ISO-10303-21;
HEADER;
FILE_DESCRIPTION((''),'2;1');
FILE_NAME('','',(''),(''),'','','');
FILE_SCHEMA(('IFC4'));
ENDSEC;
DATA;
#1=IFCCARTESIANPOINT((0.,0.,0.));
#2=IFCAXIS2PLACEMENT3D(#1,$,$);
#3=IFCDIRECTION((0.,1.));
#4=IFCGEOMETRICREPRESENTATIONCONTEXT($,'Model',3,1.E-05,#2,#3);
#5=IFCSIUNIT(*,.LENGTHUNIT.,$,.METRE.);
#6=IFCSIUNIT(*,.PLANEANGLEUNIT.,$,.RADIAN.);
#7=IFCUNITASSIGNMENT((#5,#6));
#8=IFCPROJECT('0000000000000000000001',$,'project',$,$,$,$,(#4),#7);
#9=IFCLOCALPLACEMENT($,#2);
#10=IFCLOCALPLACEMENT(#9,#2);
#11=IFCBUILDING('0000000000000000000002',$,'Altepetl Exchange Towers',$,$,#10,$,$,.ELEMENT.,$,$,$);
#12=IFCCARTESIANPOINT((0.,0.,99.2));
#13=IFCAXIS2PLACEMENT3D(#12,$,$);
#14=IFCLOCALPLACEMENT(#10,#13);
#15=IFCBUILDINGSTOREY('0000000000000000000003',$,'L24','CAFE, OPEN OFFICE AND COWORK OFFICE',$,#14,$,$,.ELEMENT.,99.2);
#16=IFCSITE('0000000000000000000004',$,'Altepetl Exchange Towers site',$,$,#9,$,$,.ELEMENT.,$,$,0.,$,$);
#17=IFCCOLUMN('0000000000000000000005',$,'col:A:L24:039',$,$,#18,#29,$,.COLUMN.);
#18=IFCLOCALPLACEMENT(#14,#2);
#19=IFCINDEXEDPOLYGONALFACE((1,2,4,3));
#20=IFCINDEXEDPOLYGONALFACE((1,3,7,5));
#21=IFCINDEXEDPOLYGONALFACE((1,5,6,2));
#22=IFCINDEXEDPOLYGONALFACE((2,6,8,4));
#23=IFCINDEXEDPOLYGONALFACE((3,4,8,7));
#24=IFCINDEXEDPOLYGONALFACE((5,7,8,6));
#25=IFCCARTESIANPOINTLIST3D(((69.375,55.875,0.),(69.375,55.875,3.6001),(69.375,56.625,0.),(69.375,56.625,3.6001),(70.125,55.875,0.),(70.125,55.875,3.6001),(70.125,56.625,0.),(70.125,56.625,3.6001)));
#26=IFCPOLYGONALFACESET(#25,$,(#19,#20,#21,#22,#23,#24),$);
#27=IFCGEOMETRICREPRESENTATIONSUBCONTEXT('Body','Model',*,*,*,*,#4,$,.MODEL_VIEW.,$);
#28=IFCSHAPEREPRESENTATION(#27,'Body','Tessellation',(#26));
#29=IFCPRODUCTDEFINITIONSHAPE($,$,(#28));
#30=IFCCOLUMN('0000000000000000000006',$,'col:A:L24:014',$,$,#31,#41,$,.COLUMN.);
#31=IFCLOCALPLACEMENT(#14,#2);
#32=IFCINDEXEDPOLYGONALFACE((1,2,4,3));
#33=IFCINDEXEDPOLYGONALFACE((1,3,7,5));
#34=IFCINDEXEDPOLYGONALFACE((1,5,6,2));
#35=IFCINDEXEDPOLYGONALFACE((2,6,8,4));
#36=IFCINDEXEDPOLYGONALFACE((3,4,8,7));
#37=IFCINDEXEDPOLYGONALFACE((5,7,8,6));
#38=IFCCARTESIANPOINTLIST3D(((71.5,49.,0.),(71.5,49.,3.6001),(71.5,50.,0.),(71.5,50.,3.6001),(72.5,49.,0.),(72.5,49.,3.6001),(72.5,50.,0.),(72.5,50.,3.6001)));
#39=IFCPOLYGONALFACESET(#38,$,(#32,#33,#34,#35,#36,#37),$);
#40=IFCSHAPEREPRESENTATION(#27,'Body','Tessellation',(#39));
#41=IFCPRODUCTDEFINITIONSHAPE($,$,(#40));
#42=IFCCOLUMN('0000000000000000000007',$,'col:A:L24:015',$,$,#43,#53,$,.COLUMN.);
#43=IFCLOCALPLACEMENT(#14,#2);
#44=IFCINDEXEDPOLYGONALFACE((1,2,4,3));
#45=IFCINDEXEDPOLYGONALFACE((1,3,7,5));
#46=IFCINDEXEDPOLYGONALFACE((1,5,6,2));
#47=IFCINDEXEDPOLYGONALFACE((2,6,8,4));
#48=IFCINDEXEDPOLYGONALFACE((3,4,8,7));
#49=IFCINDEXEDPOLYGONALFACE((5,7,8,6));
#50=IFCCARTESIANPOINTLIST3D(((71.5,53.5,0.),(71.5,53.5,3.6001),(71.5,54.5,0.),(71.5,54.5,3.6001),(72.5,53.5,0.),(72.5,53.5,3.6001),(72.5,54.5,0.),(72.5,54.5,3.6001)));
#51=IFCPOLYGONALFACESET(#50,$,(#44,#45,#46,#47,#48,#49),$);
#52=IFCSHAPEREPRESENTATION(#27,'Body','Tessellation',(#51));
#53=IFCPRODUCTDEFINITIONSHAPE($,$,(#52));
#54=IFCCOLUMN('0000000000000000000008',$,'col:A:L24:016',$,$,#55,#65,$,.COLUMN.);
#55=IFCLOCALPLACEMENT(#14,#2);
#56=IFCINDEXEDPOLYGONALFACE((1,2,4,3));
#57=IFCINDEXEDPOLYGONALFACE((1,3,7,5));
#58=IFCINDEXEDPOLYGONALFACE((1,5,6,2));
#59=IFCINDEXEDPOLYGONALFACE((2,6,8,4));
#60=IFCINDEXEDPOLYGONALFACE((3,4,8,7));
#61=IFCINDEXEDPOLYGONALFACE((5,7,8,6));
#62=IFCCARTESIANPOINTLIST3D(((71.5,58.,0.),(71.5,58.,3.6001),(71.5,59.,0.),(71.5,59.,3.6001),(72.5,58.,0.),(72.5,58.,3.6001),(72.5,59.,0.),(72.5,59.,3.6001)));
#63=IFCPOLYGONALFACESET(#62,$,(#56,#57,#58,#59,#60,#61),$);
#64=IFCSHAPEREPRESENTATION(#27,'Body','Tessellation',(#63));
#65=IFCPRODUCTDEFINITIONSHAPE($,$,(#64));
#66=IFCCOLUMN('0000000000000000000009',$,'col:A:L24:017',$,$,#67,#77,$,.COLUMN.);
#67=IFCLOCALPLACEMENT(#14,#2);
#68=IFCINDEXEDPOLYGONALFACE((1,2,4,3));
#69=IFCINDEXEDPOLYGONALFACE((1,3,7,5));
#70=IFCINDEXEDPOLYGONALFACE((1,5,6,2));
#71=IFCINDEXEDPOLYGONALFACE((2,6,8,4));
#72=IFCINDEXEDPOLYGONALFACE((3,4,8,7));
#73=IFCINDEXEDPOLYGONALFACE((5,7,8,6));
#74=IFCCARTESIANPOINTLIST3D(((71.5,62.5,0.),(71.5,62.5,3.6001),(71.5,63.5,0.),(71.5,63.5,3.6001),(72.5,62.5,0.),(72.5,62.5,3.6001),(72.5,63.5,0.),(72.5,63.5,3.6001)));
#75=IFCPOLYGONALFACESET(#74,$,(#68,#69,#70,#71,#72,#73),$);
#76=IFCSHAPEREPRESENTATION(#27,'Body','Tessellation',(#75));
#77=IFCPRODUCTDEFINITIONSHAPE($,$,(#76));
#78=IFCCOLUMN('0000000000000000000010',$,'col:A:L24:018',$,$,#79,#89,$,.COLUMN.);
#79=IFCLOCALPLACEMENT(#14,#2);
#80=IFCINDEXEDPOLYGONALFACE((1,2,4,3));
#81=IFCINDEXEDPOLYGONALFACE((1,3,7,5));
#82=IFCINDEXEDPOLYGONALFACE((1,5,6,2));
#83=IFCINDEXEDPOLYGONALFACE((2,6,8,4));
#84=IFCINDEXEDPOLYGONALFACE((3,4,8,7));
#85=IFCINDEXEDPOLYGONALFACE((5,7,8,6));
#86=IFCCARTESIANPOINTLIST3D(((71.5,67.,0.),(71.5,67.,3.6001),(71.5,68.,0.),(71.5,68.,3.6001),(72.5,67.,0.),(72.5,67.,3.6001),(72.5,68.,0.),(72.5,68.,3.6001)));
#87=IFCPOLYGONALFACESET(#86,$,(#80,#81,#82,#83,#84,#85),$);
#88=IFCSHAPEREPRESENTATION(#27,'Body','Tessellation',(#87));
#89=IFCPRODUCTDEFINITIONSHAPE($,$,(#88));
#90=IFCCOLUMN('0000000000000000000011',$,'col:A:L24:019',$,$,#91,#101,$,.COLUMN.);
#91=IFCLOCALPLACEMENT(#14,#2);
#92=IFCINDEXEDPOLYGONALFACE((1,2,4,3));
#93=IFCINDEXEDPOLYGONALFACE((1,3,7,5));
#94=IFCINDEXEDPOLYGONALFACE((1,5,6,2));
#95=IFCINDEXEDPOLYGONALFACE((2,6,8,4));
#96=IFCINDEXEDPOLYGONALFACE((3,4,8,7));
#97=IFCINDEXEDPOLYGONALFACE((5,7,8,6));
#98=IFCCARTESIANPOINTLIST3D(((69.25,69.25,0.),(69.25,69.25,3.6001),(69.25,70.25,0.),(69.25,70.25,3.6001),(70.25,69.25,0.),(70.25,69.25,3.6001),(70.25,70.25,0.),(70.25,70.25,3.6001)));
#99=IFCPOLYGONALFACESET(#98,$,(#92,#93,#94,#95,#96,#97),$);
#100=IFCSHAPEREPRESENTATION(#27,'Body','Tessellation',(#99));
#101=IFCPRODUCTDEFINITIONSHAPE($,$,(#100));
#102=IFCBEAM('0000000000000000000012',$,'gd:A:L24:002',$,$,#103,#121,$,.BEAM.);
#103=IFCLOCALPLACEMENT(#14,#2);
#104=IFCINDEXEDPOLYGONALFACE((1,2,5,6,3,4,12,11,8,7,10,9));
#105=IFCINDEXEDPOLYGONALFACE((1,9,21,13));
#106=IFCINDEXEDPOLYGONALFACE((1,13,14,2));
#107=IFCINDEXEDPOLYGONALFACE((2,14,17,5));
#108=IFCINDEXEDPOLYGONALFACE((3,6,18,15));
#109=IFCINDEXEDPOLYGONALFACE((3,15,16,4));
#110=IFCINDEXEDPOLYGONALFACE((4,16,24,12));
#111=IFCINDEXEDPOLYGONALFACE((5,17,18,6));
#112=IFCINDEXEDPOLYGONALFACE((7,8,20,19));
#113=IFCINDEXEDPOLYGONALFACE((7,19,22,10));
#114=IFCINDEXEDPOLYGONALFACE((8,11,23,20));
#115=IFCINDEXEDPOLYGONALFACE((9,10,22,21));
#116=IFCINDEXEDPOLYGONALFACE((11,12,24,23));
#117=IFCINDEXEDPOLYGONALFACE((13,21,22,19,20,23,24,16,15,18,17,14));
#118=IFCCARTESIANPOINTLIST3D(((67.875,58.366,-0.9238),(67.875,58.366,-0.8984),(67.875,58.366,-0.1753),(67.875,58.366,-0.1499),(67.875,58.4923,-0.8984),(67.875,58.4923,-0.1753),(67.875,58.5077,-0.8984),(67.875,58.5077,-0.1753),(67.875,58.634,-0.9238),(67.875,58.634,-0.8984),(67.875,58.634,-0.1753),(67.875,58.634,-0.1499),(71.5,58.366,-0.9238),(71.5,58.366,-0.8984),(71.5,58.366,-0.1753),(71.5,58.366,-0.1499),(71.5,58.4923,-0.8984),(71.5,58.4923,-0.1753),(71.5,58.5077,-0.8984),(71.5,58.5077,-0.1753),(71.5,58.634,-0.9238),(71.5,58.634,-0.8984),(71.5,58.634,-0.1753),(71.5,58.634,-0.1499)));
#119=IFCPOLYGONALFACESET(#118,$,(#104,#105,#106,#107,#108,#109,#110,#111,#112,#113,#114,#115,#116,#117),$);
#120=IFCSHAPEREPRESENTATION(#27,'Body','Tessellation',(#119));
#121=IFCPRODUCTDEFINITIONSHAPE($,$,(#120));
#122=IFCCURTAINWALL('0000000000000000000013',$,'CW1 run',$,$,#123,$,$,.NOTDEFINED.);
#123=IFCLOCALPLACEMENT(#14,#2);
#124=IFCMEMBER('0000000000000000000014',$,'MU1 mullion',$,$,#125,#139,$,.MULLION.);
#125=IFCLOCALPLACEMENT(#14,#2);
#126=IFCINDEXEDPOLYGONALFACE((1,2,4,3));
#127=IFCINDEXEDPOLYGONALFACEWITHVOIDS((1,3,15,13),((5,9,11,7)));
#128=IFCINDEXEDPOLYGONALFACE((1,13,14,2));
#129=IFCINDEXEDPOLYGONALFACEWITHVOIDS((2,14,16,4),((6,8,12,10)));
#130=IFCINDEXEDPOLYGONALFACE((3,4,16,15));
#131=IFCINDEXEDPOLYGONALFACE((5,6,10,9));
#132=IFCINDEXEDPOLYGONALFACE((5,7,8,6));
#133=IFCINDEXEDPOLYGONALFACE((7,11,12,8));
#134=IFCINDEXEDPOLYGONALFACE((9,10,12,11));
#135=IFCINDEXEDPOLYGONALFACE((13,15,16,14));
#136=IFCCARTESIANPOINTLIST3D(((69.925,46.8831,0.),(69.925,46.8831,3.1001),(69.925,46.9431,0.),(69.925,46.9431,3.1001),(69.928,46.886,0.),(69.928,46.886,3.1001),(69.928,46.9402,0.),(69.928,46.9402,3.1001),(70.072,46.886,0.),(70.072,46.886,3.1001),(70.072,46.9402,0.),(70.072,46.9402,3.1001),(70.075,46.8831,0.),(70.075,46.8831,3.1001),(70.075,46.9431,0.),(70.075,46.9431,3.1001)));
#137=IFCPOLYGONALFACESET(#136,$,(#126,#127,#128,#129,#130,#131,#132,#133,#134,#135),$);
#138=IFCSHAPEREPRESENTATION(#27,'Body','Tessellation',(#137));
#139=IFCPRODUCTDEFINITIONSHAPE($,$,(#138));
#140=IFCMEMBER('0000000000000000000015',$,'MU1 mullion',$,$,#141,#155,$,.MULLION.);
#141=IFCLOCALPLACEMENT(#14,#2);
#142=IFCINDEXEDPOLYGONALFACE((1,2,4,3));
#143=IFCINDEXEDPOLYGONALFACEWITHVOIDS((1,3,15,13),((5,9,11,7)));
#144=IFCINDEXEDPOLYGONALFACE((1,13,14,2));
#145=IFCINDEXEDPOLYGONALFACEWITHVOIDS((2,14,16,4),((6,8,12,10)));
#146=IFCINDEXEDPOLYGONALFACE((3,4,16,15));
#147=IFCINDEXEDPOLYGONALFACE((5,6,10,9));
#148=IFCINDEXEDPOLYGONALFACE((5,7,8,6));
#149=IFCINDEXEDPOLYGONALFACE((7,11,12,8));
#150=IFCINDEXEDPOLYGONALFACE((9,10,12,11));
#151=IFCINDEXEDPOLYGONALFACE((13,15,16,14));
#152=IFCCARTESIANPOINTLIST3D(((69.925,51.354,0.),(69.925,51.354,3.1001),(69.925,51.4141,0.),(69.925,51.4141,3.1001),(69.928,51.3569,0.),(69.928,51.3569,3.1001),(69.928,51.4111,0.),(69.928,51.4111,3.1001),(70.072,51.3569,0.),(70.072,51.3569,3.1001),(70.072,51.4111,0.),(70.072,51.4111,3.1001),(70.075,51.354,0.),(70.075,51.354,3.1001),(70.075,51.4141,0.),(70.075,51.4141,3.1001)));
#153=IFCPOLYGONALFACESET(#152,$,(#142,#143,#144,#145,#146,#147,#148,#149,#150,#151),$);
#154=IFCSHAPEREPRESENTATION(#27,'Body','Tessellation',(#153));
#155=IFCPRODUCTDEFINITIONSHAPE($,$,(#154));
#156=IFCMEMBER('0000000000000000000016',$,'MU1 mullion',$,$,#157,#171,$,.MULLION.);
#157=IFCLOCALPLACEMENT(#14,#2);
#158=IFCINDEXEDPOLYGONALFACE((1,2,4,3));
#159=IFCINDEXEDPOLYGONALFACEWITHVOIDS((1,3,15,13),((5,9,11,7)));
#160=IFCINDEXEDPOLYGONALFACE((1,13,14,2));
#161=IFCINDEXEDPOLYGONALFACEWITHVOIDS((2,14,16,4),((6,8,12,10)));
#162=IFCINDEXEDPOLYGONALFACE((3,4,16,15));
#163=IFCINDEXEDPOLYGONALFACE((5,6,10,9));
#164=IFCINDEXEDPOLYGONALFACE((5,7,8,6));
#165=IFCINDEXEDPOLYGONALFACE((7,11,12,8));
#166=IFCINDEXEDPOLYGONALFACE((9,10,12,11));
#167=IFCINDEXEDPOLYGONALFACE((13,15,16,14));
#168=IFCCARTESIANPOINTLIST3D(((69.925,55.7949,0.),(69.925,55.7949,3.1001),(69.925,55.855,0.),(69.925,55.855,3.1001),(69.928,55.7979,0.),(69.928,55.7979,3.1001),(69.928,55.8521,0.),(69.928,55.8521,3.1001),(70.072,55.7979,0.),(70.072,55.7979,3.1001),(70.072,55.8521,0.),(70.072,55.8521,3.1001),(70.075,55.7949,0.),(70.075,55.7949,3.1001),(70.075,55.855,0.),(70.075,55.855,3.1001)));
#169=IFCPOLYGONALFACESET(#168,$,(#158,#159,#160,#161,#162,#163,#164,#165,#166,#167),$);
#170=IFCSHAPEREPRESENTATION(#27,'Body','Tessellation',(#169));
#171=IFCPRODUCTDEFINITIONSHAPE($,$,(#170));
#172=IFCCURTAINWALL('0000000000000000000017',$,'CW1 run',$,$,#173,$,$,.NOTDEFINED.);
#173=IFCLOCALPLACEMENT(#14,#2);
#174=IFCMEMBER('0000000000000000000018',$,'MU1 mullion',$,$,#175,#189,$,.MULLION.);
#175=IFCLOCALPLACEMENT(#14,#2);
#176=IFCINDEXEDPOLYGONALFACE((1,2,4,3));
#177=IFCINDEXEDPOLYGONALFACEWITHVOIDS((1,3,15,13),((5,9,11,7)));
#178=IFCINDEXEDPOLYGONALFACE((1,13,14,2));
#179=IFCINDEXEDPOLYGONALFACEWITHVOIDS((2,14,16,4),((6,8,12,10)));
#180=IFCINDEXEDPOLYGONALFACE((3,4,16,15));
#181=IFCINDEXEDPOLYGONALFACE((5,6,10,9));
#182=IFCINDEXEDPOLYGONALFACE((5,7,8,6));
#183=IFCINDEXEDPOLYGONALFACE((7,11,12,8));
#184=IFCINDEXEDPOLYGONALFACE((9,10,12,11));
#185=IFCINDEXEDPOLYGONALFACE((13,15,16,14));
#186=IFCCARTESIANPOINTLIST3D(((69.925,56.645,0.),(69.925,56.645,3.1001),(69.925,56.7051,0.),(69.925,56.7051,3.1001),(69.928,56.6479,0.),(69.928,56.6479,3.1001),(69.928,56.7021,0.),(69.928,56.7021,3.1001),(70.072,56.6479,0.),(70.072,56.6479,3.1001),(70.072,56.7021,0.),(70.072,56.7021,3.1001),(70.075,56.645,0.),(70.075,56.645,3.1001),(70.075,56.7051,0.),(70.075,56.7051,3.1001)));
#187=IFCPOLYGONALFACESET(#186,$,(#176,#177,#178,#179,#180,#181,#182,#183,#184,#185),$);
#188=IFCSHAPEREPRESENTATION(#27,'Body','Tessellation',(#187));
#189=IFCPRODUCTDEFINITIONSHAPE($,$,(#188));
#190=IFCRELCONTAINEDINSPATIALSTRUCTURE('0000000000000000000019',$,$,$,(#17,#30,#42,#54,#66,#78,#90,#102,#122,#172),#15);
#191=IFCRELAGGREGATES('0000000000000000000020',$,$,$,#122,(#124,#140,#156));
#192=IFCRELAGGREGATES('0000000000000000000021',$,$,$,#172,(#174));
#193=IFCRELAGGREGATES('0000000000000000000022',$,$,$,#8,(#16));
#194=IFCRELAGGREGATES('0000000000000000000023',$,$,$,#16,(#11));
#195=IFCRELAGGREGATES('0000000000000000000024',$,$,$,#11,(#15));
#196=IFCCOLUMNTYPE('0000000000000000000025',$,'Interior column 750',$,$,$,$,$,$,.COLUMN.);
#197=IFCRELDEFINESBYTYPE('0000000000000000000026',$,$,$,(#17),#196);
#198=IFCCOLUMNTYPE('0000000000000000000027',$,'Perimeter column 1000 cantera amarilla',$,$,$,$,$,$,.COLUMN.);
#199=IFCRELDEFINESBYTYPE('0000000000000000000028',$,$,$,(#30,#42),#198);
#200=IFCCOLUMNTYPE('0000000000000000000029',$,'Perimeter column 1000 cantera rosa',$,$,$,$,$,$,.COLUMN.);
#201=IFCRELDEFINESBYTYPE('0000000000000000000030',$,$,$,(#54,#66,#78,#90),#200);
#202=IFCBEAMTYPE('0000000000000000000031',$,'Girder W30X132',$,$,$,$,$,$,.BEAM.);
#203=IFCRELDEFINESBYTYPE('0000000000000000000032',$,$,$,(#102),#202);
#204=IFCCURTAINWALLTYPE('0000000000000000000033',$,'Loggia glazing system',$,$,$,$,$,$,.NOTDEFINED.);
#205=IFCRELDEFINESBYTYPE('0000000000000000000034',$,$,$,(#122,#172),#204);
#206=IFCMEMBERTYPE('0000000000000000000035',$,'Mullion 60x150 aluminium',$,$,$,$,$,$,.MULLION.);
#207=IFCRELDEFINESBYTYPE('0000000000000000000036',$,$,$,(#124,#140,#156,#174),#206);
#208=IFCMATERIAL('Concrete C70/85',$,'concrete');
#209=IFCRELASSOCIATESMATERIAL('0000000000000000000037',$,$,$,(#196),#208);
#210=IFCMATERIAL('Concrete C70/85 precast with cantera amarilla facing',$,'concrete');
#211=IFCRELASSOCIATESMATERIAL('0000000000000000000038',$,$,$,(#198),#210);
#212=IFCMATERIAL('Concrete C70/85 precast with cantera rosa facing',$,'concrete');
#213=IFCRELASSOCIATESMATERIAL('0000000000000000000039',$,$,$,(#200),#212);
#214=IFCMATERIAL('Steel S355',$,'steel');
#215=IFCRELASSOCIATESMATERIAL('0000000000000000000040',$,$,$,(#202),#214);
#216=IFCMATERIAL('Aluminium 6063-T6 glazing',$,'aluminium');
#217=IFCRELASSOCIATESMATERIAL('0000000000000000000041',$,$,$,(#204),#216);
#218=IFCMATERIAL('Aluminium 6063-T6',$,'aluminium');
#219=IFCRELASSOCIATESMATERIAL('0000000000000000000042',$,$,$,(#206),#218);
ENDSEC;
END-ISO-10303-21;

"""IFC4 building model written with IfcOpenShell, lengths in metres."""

from ifc_helpers import new_model, si_unit, direction, frame, origin, origin_2d, place, context, subcontext, project, spatial, rectangle, hollow_rectangle, i_section, extrude, material, material_profile, profile_set, type_object, element, aggregate, save


model = new_model("IFC4")

# Units and contexts
model_context = context("Model", 3, precision=1e-05, world=origin(), true_north=direction((0.0, 1.0)))
body_context = subcontext(model_context, "Body", "Model", "MODEL_VIEW")
ifc_project = project(units=[si_unit("LENGTHUNIT", "METRE"), si_unit("PLANEANGLEUNIT", "RADIAN")], contexts=[model_context])

# Site, building, storey
site_placement = place(None, origin())
site = spatial("IfcSite", under=ifc_project, at=site_placement, Name="Altepetl Exchange Towers site", CompositionType="ELEMENT", RefElevation=0.0)
building_placement = place(site_placement, origin())
building = spatial("IfcBuilding", under=site, at=building_placement, Name="Altepetl Exchange Towers", CompositionType="ELEMENT")
storey_placement = place(building_placement, frame((0.0, 0.0, 99.2)))
storey = spatial("IfcBuildingStorey", under=building, at=storey_placement, Name="L24", Description="CAFE, OPEN OFFICE AND COWORK OFFICE", CompositionType="ELEMENT", Elevation=99.2)

# Columns
ifc_material_1 = material(Name="Concrete C70/85", Category="concrete")
ifc_material_profile_1 = material_profile(ifc_material_1, rectangle(XDim=0.75, YDim=0.75, at=origin_2d()), Name="750 x 750")
ifc_profile_set_1 = profile_set([ifc_material_profile_1], Name="Concrete C70/85")
column_type_1 = type_object("IfcColumnType", Name="Interior column 750", PredefinedType="COLUMN", material=ifc_profile_set_1)
column_placement = place(storey_placement, frame((69.75, 56.25, 0.0)))
element("IfcColumn", 1, at=column_placement, inside=storey, type_object=column_type_1, Name="col:A:L24:039", PredefinedType="COLUMN", context=body_context, shape_type="SweptSolid", body=[
    extrude(rectangle(XDim=0.75, YDim=0.75, at=origin_2d()), origin(), (0.0, 0.0, 1.0), 3.6001),
])
ifc_material_2 = material(Name="Concrete C70/85 precast with cantera amarilla facing", Category="concrete")
ifc_material_profile_2 = material_profile(ifc_material_2, rectangle(XDim=1.0, YDim=1.0, at=origin_2d()), Name="1000 x 1000")
ifc_profile_set_2 = profile_set([ifc_material_profile_2], Name="Concrete C70/85 precast with cantera amarilla facing")
column_type_2 = type_object("IfcColumnType", Name="Perimeter column 1000 cantera amarilla", PredefinedType="COLUMN", material=ifc_profile_set_2)
for number, where, name in (
    (2, (72.0, 49.5, 0.0), "col:A:L24:014"),
    (3, (72.0, 54.0, 0.0), "col:A:L24:015"),
):
    element("IfcColumn", number, at=place(storey_placement, frame(where)), inside=storey, type_object=column_type_2, Name=name, PredefinedType="COLUMN", context=body_context, shape_type="SweptSolid", body=[
        extrude(rectangle(XDim=1.0, YDim=1.0, at=origin_2d()), origin(), (0.0, 0.0, 1.0), 3.6001),
    ])
ifc_material_3 = material(Name="Concrete C70/85 precast with cantera rosa facing", Category="concrete")
ifc_material_profile_3 = material_profile(ifc_material_3, rectangle(XDim=1.0, YDim=1.0, at=origin_2d()), Name="1000 x 1000")
ifc_profile_set_3 = profile_set([ifc_material_profile_3], Name="Concrete C70/85 precast with cantera rosa facing")
column_type_3 = type_object("IfcColumnType", Name="Perimeter column 1000 cantera rosa", PredefinedType="COLUMN", material=ifc_profile_set_3)
for number, where, name in (
    (4, (72.0, 58.5, 0.0), "col:A:L24:016"),
    (5, (72.0, 63.0, 0.0), "col:A:L24:017"),
    (6, (72.0, 67.5, 0.0), "col:A:L24:018"),
    (7, (69.75, 69.75, 0.0), "col:A:L24:019"),
):
    element("IfcColumn", number, at=place(storey_placement, frame(where)), inside=storey, type_object=column_type_3, Name=name, PredefinedType="COLUMN", context=body_context, shape_type="SweptSolid", body=[
        extrude(rectangle(XDim=1.0, YDim=1.0, at=origin_2d()), origin(), (0.0, 0.0, 1.0), 3.6001),
    ])

# Beam
ifc_material_4 = material(Name="Steel S355", Category="steel")
ifc_material_profile_4 = material_profile(ifc_material_4, i_section(OverallWidth=0.2681, OverallDepth=0.7739, WebThickness=0.0154, FlangeThickness=0.0254, at=origin_2d()), Name="W30X132")
ifc_profile_set_4 = profile_set([ifc_material_profile_4], Name="Steel S355")
beam_type_1 = type_object("IfcBeamType", Name="Girder W30X132", PredefinedType="BEAM", material=ifc_profile_set_4)
beam_1_placement = place(storey_placement, frame((67.875, 58.5, -0.5369), z_axis=(1.0, 0.0, 0.0), x_axis=(0.0, 1.0, 0.0)))
element("IfcBeam", 8, at=beam_1_placement, inside=storey, type_object=beam_type_1, Name="gd:A:L24:002", PredefinedType="BEAM", context=body_context, shape_type="SweptSolid", body=[
    extrude(i_section(OverallWidth=0.2681, OverallDepth=0.7739, WebThickness=0.0154, FlangeThickness=0.0254, at=origin_2d()), origin(), (0.0, 0.0, 1.0), 3.625),
])

# Curtain walls, members
ifc_material_5 = material(Name="Aluminium 6063-T6 glazing", Category="aluminium")
curtain_wall_type = type_object("IfcCurtainWallType", Name="Loggia glazing system", PredefinedType="NOTDEFINED", material=ifc_material_5)
curtain_wall_1_placement = place(storey_placement, origin())
curtain_wall_1 = element("IfcCurtainWall", 9, at=curtain_wall_1_placement, inside=storey, type_object=curtain_wall_type, Name="CW1 run", PredefinedType="NOTDEFINED")
ifc_material_6 = material(Name="Aluminium 6063-T6", Category="aluminium")
ifc_material_profile_5 = material_profile(ifc_material_6, hollow_rectangle(XDim=0.0601, YDim=0.1499, WallThickness=0.0029, at=origin_2d()), Name="Mullion 60x150 aluminium")
ifc_profile_set_5 = profile_set([ifc_material_profile_5], Name="Aluminium 6063-T6")
member_type = type_object("IfcMemberType", Name="Mullion 60x150 aluminium", PredefinedType="MULLION", material=ifc_profile_set_5)
member_1_placement = place(storey_placement, frame((70.0, 46.9131, 0.0), z_axis=(0.0, 0.0, 1.0), x_axis=(0.0, 1.0, 0.0)))
member_1 = element("IfcMember", 10, at=member_1_placement, type_object=member_type, Name="MU1 mullion", PredefinedType="MULLION", context=body_context, shape_type="SweptSolid", body=[
    extrude(hollow_rectangle(XDim=0.0601, YDim=0.1499, WallThickness=0.0029, at=origin_2d()), origin(), (0.0, 0.0, 1.0), 3.1001),
])
member_2_placement = place(storey_placement, frame((70.0, 51.384, 0.0), z_axis=(0.0, 0.0, 1.0), x_axis=(0.0, 1.0, 0.0)))
member_2 = element("IfcMember", 11, at=member_2_placement, type_object=member_type, Name="MU1 mullion", PredefinedType="MULLION", context=body_context, shape_type="SweptSolid", body=[
    extrude(hollow_rectangle(XDim=0.0601, YDim=0.1499, WallThickness=0.0029, at=origin_2d()), origin(), (0.0, 0.0, 1.0), 3.1001),
])
member_3_placement = place(storey_placement, frame((70.0, 55.825, 0.0), z_axis=(0.0, 0.0, 1.0), x_axis=(0.0, 1.0, 0.0)))
member_3 = element("IfcMember", 12, at=member_3_placement, type_object=member_type, Name="MU1 mullion", PredefinedType="MULLION", context=body_context, shape_type="SweptSolid", body=[
    extrude(hollow_rectangle(XDim=0.0601, YDim=0.1499, WallThickness=0.0029, at=origin_2d()), origin(), (0.0, 0.0, 1.0), 3.1001),
])
curtain_wall_2_placement = place(storey_placement, origin())
curtain_wall_2 = element("IfcCurtainWall", 13, at=curtain_wall_2_placement, inside=storey, type_object=curtain_wall_type, Name="CW1 run", PredefinedType="NOTDEFINED")
member_4_placement = place(storey_placement, frame((70.0, 56.675, 0.0), z_axis=(0.0, 0.0, 1.0), x_axis=(0.0, 1.0, 0.0)))
member_4 = element("IfcMember", 14, at=member_4_placement, type_object=member_type, Name="MU1 mullion", PredefinedType="MULLION", context=body_context, shape_type="SweptSolid", body=[
    extrude(hollow_rectangle(XDim=0.0601, YDim=0.1499, WallThickness=0.0029, at=origin_2d()), origin(), (0.0, 0.0, 1.0), 3.1001),
])

aggregate(curtain_wall_1, [member_1, member_2, member_3])
aggregate(curtain_wall_2, [member_4])

save(model, "model.ifc")
